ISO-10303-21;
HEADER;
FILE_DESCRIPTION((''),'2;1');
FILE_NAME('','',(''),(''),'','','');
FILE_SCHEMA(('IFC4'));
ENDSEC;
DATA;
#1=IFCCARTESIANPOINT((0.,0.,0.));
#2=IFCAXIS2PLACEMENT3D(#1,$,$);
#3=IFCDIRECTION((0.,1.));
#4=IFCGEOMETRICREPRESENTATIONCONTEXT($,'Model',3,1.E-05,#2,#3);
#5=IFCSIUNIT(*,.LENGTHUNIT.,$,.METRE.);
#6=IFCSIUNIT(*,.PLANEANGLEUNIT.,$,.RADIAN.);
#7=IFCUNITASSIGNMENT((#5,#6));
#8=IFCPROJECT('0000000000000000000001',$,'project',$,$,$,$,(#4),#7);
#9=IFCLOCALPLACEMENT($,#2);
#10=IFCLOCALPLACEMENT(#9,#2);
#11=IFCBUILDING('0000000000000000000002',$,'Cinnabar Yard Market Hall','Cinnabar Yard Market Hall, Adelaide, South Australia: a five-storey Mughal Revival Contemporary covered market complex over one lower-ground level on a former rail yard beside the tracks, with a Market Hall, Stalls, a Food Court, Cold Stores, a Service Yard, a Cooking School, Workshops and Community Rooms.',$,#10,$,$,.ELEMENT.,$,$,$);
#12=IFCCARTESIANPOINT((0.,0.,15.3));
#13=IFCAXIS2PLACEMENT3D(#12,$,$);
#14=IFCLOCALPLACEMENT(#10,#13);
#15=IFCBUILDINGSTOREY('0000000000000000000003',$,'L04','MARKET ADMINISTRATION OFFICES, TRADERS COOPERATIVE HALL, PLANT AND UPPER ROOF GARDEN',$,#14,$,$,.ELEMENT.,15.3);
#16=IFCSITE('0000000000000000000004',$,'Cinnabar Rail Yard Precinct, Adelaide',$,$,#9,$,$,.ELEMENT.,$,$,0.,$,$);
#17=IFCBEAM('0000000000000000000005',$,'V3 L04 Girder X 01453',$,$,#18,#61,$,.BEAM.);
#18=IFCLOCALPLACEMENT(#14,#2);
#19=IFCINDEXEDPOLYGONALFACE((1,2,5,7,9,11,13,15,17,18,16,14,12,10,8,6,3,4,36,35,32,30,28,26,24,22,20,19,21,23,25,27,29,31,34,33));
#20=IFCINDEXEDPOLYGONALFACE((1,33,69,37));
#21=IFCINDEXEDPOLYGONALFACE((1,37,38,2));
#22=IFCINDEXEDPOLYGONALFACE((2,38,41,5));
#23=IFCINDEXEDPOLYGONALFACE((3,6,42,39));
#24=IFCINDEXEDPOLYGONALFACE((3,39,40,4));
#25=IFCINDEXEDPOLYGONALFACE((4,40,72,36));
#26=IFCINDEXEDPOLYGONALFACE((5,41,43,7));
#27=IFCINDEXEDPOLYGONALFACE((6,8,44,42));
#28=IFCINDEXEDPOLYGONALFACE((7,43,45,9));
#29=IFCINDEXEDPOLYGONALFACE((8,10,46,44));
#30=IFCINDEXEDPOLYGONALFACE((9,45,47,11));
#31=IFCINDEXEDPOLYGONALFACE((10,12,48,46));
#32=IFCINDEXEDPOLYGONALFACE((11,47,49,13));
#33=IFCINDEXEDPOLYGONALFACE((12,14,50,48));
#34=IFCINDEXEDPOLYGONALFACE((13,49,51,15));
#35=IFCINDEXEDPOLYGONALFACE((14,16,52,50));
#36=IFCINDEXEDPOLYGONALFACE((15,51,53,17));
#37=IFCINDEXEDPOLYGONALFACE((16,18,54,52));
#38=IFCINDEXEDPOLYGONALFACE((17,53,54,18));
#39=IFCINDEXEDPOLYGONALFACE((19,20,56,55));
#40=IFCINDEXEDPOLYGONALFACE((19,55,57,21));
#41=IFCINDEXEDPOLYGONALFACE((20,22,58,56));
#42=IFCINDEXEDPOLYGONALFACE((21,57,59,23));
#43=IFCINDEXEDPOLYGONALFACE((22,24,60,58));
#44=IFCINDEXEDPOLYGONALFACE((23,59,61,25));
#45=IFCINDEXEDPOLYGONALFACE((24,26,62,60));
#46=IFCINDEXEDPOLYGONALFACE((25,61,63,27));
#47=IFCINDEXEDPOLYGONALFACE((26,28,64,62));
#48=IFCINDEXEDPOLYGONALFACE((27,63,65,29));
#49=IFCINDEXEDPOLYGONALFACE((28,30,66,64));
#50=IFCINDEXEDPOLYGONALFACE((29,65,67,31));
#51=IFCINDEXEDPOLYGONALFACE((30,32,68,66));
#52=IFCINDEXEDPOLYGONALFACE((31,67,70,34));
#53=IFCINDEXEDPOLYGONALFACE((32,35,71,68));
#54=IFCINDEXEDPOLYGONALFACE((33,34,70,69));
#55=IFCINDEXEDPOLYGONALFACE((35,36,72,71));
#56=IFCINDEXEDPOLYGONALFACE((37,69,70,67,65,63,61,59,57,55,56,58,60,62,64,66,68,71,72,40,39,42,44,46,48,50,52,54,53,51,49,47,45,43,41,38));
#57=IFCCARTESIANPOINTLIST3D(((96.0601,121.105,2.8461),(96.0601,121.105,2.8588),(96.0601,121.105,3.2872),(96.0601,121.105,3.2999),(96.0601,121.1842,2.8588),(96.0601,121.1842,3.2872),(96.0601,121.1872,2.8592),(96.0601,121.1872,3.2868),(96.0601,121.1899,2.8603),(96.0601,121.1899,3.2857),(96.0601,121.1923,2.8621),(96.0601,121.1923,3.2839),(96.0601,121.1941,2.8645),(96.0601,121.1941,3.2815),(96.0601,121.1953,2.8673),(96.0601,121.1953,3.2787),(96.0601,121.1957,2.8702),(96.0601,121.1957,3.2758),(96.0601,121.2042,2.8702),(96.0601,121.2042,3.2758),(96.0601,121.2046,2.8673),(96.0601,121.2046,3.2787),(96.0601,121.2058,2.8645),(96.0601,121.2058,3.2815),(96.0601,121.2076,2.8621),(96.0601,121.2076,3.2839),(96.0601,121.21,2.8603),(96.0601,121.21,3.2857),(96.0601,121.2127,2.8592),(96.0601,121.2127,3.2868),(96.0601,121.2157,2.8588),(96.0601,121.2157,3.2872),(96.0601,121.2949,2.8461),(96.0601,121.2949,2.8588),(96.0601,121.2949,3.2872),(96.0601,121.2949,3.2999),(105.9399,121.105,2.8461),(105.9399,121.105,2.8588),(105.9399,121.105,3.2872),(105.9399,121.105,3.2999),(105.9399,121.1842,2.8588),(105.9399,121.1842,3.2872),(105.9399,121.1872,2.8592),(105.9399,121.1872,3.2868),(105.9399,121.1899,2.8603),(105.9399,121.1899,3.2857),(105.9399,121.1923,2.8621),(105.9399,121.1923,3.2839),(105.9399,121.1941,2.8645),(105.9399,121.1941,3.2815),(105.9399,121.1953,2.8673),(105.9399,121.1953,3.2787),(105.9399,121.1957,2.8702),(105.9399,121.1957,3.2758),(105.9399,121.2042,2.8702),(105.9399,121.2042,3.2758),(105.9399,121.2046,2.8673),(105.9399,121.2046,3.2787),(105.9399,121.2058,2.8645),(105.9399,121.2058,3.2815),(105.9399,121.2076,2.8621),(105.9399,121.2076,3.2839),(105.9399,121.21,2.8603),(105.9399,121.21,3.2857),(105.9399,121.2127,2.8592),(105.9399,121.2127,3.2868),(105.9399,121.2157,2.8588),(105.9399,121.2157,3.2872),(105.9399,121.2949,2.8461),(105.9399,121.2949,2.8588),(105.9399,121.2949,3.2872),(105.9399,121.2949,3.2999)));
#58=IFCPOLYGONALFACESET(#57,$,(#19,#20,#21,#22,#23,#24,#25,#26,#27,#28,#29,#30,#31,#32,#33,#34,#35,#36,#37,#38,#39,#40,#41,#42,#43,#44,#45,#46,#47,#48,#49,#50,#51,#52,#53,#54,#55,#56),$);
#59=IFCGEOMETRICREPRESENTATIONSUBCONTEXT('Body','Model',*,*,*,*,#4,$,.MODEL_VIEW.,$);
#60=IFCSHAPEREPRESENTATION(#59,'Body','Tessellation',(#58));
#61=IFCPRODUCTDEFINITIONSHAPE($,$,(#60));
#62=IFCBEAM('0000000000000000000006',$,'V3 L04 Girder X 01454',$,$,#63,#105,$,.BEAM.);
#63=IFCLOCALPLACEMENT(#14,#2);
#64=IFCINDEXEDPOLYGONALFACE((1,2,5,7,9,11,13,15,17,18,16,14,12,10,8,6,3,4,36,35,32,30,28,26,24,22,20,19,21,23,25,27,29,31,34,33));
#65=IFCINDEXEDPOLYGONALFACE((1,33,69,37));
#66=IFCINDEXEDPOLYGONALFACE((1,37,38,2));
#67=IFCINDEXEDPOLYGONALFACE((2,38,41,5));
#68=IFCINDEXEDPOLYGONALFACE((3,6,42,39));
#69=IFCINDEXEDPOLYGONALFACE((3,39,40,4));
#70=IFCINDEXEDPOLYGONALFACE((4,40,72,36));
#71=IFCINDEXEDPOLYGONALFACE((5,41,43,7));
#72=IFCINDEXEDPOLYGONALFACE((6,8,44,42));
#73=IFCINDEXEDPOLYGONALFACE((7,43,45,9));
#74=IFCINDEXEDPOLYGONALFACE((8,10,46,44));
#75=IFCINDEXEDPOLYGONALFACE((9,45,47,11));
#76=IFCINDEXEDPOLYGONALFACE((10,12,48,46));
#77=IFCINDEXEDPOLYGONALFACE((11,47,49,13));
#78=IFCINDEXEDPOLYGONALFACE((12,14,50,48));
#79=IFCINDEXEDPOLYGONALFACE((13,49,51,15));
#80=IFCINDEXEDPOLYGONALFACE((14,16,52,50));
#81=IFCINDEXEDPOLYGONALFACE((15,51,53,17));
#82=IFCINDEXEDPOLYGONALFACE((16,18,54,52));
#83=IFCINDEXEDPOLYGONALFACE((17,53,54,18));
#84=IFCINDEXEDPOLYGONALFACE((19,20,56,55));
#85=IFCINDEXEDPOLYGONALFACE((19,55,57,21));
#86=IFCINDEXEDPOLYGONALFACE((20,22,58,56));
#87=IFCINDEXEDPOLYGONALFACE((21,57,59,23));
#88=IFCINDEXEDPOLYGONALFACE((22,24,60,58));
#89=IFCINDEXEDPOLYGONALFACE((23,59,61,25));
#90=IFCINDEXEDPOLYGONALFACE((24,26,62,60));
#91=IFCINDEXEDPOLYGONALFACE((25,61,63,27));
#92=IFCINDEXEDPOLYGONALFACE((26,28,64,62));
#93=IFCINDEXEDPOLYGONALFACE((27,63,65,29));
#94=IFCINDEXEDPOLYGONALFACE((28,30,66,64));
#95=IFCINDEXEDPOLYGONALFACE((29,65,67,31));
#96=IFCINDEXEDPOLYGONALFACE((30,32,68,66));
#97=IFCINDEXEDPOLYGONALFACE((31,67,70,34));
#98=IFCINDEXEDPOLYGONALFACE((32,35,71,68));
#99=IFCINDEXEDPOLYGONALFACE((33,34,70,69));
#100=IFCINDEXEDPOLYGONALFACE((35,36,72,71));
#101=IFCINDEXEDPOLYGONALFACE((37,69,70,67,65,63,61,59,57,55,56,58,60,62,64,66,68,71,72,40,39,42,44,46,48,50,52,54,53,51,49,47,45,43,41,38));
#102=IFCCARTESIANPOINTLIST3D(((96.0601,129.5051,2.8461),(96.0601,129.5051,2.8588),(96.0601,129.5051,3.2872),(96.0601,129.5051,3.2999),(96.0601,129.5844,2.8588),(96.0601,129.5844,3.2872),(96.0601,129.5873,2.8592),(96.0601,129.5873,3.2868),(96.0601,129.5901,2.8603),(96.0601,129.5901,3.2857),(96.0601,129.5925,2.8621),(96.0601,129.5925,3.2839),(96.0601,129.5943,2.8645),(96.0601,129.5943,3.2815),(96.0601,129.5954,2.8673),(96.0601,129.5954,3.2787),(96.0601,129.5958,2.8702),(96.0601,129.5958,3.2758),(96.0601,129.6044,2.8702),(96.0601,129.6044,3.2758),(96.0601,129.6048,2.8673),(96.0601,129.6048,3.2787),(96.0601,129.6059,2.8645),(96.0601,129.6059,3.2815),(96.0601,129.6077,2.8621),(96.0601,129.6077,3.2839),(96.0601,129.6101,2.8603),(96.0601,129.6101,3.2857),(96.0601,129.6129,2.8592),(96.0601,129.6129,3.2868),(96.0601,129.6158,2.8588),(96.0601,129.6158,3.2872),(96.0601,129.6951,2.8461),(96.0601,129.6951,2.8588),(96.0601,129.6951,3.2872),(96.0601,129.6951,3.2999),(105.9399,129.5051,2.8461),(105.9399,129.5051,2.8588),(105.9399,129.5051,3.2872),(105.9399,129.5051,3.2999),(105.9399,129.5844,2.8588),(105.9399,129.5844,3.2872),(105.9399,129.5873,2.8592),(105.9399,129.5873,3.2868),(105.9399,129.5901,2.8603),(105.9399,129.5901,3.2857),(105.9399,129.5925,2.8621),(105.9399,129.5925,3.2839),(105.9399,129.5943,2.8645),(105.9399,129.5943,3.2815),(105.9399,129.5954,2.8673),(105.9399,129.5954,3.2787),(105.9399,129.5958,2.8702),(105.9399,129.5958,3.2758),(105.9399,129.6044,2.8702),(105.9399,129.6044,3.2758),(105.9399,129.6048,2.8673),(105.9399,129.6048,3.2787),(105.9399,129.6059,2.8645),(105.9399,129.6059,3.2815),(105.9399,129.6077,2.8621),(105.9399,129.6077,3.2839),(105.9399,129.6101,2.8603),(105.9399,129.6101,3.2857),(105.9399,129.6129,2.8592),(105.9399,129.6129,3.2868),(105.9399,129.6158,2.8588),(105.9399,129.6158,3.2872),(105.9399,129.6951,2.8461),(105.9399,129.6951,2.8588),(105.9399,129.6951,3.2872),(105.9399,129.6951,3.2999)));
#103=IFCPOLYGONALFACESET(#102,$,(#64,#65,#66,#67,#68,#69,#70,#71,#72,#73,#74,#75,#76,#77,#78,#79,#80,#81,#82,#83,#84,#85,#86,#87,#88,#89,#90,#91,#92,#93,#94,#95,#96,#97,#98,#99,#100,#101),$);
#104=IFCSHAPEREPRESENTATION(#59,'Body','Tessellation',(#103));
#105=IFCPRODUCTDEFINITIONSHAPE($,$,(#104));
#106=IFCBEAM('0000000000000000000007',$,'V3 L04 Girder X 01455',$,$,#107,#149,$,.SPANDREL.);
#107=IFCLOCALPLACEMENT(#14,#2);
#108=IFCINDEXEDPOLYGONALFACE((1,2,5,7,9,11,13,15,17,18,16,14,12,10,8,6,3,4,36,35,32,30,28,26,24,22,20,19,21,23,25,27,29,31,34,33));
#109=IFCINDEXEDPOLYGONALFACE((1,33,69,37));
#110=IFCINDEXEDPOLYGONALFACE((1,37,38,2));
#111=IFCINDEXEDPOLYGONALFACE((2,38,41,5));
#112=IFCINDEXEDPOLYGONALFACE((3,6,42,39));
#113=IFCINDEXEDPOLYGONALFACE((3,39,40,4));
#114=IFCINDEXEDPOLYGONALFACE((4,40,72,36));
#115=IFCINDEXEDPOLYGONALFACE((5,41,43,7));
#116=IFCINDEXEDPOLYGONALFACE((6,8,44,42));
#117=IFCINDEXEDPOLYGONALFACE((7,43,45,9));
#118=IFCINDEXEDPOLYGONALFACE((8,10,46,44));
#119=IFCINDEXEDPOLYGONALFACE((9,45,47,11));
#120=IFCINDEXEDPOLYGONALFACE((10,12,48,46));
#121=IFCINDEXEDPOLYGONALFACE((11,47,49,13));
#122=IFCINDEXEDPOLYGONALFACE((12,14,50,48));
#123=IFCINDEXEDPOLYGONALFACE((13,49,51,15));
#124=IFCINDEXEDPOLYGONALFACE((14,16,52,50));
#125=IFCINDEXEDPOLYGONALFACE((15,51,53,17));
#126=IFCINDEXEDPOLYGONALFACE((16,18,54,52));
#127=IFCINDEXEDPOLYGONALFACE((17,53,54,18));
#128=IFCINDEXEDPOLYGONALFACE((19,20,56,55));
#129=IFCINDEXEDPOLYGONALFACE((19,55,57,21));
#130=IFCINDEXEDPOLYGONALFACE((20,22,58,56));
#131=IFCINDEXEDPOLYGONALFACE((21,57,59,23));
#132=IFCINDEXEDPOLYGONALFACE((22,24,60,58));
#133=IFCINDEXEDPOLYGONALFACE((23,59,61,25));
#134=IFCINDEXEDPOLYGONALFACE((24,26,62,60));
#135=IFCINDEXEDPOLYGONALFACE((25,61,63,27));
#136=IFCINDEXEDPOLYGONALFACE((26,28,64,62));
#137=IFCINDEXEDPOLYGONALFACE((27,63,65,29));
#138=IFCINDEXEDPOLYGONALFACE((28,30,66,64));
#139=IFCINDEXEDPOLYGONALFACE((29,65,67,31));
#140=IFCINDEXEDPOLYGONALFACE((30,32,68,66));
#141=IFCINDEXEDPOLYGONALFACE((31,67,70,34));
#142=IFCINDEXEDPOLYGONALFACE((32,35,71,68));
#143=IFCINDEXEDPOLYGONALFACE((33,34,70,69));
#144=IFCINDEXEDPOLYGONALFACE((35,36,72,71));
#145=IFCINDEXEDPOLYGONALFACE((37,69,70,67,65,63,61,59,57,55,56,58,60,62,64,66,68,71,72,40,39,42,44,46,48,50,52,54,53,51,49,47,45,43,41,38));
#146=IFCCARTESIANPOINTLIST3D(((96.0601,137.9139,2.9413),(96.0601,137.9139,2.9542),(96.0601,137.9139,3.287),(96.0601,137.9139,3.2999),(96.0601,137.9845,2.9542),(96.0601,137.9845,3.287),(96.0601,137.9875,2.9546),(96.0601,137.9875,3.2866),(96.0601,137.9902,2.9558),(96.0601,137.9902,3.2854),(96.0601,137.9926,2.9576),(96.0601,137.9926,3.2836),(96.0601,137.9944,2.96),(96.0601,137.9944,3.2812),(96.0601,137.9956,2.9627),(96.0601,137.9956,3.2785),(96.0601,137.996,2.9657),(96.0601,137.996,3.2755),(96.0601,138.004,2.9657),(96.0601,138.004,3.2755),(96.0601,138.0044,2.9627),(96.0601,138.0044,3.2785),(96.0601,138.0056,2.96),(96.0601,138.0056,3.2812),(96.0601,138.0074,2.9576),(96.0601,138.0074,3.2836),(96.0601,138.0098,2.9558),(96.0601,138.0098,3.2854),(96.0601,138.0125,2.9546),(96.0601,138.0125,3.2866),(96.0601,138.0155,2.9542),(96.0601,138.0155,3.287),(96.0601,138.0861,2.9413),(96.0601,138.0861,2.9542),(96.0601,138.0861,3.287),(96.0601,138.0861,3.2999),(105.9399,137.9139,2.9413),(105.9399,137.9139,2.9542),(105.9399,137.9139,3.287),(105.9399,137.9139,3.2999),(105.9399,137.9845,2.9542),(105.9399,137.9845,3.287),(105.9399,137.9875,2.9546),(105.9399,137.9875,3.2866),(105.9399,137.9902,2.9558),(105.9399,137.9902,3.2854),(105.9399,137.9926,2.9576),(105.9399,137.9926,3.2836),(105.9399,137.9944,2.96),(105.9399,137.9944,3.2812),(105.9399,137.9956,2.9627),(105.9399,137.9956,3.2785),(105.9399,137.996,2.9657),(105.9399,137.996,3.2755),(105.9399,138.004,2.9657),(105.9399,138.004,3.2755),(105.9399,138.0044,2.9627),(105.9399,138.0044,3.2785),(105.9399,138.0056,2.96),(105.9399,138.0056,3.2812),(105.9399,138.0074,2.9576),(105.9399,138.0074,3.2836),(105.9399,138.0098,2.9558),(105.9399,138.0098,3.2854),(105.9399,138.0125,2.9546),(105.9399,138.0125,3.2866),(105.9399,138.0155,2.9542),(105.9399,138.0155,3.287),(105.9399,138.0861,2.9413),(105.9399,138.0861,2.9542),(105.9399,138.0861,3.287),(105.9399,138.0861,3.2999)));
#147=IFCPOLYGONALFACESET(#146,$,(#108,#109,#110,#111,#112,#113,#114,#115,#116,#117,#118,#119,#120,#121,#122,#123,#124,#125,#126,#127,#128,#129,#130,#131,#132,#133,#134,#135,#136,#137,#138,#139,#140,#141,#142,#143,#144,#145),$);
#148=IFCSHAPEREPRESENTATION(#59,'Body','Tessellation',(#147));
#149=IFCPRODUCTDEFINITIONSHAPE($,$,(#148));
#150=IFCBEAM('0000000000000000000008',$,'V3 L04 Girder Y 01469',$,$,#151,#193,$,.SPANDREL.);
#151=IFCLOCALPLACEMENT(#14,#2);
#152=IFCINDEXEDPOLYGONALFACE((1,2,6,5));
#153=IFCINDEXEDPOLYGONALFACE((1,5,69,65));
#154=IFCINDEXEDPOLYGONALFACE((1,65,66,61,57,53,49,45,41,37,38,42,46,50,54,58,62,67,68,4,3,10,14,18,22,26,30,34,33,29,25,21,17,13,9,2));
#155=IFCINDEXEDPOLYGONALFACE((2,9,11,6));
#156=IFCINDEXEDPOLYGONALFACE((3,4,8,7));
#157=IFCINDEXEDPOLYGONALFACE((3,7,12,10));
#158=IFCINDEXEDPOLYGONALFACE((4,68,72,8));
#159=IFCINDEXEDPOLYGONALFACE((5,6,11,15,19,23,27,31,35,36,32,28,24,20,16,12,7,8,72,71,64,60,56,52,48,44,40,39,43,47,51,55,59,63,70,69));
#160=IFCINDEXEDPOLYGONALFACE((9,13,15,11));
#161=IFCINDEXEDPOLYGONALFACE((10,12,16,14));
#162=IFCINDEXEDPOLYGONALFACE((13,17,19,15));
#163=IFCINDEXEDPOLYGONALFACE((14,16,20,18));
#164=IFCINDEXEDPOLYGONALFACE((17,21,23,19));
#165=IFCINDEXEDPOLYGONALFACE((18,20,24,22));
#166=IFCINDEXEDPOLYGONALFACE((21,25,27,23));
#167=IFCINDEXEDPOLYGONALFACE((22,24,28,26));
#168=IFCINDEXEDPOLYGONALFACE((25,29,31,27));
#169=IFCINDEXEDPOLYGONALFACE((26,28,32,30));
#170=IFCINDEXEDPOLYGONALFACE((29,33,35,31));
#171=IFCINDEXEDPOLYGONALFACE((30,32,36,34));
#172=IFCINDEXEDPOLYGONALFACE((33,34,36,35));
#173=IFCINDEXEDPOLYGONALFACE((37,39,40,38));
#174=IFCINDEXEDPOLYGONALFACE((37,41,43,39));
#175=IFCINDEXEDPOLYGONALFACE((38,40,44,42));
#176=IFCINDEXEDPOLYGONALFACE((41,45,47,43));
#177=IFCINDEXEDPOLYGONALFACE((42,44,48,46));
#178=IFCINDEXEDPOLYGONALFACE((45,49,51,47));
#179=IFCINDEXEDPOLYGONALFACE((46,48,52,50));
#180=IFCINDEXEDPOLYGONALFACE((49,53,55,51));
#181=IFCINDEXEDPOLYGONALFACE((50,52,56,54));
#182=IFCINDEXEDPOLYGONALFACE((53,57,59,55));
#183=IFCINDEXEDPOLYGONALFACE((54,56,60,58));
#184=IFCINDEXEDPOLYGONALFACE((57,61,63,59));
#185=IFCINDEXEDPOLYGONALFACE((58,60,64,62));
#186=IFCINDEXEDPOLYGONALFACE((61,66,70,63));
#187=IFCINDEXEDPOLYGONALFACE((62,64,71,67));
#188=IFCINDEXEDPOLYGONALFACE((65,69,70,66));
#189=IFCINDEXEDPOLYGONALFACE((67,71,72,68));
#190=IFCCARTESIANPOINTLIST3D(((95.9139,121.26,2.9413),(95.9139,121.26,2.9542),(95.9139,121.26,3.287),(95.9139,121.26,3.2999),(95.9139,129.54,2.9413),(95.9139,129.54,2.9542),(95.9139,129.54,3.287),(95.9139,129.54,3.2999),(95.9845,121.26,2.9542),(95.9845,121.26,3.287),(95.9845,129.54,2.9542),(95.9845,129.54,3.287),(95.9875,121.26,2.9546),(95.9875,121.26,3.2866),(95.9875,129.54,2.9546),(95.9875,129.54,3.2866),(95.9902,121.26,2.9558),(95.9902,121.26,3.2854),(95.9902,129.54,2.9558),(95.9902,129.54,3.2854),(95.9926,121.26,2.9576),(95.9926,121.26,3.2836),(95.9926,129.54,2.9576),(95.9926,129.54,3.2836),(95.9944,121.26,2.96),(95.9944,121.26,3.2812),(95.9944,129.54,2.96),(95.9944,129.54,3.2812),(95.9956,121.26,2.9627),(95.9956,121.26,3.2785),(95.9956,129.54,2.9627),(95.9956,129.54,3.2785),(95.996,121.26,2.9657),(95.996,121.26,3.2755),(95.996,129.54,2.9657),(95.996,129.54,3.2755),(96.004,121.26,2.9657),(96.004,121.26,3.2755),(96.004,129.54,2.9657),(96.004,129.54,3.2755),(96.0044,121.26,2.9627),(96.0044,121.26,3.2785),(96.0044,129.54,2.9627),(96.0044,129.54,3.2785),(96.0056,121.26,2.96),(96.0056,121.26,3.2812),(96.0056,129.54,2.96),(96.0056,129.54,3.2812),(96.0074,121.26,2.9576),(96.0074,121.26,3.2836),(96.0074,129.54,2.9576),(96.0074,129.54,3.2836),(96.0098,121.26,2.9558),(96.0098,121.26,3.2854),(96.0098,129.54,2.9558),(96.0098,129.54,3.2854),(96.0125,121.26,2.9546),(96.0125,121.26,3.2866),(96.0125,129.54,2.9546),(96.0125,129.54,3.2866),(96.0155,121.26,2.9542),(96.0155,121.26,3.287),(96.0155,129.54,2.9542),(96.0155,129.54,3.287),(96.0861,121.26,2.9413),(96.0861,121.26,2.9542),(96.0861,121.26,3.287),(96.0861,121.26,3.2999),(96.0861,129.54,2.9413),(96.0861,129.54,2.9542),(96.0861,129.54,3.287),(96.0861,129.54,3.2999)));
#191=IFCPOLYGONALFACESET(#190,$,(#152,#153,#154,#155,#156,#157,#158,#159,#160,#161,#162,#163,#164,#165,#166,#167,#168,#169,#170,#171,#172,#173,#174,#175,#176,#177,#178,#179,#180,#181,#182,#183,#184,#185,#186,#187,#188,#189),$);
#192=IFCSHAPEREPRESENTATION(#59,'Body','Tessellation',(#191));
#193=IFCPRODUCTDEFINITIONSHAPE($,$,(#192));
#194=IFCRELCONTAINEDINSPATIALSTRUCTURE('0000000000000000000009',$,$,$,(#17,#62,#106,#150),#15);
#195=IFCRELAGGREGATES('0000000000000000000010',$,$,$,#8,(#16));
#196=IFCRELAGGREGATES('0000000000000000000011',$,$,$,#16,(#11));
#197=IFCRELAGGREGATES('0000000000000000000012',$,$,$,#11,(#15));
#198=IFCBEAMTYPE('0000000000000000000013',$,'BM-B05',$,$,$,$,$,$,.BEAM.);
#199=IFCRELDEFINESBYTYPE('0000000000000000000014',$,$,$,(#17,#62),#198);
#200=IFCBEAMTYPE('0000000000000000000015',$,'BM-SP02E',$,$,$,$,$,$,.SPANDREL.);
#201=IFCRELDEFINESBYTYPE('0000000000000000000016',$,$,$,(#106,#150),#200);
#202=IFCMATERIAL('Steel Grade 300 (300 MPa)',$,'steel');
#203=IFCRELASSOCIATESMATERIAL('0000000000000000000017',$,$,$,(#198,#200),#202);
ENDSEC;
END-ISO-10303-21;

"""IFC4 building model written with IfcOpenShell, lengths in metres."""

from ifc_helpers import new_model, si_unit, direction, frame, origin, origin_2d_with_axis, place, context, subcontext, project, spatial, i_section, extrude, material, material_profile, profile_set, type_object, element, save


model = new_model("IFC4")

# Units and contexts
model_context = context("Model", 3, precision=1e-05, world=origin(), true_north=direction((0.0, 1.0)))
body_context = subcontext(model_context, "Body", "Model", "MODEL_VIEW")
ifc_project = project(units=[si_unit("LENGTHUNIT", "METRE"), si_unit("PLANEANGLEUNIT", "RADIAN")], contexts=[model_context])

# Site, building, storey
site_placement = place(None, origin())
site = spatial("IfcSite", under=ifc_project, at=site_placement, Name="Cinnabar Rail Yard Precinct, Adelaide", CompositionType="ELEMENT", RefElevation=0.0)
building_placement = place(site_placement, origin())
building = spatial("IfcBuilding", under=site, at=building_placement, Name="Cinnabar Yard Market Hall", Description="Cinnabar Yard Market Hall, Adelaide, South Australia: a five-storey Mughal Revival Contemporary covered market complex over one lower-ground level on a former rail yard beside the tracks, with a Market Hall, Stalls, a Food Court, Cold Stores, a Service Yard, a Cooking School, Workshops and Community Rooms.", CompositionType="ELEMENT")
storey_placement = place(building_placement, frame((0.0, 0.0, 15.3)))
storey = spatial("IfcBuildingStorey", under=building, at=storey_placement, Name="L04", Description="MARKET ADMINISTRATION OFFICES, TRADERS COOPERATIVE HALL, PLANT AND UPPER ROOF GARDEN", CompositionType="ELEMENT", Elevation=15.3)

# Shared definitions
ifc_material_1 = material(Name="Steel Grade 300 (300 MPa)", Category="steel")

# Beams
ifc_material_profile_1 = material_profile(ifc_material_1, i_section(OverallWidth=0.1899, OverallDepth=0.4539, WebThickness=0.0085, FlangeThickness=0.0127, FilletRadius=0.0115, at=origin_2d_with_axis()), Name="460UB67.1")
ifc_profile_set_1 = profile_set([ifc_material_profile_1], Name="Steel Grade 300 (300 MPa)")
beam_type_1 = type_object("IfcBeamType", Name="BM-B05", PredefinedType="BEAM", material=ifc_profile_set_1)
for number, where, z_axis, x_axis, name in (
    (1, (96.0601, 121.2, 3.073), (1.0, 0.0, 0.0), (0.0, 1.0, 0.0), "V3 L04 Girder X 01453"),
    (2, (96.0601, 129.6001, 3.073), (1.0, 0.0, 0.0), (0.0, 1.0, 0.0), "V3 L04 Girder X 01454"),
):
    element("IfcBeam", number, at=place(storey_placement, frame(where, z_axis=z_axis, x_axis=x_axis)), inside=storey, type_object=beam_type_1, Name=name, PredefinedType="BEAM", context=body_context, shape_type="SweptSolid", body=[
        extrude(i_section(OverallWidth=0.1899, OverallDepth=0.4539, WebThickness=0.0085, FlangeThickness=0.0127, FilletRadius=0.0115, at=origin_2d_with_axis()), origin(), (0.0, 0.0, 1.0), 9.8799),
    ])
ifc_material_profile_2 = material_profile(ifc_material_1, i_section(OverallWidth=0.1721, OverallDepth=0.3586, WebThickness=0.0081, FlangeThickness=0.0129, FilletRadius=0.0115, at=origin_2d_with_axis()), Name="360UB56.7")
ifc_profile_set_2 = profile_set([ifc_material_profile_2], Name="Steel Grade 300 (300 MPa)")
beam_type_2 = type_object("IfcBeamType", Name="BM-SP02E", PredefinedType="SPANDREL", material=ifc_profile_set_2)
beam_placement = place(storey_placement, frame((96.0601, 138.0, 3.1206), z_axis=(1.0, 0.0, 0.0), x_axis=(0.0, 1.0, 0.0)))
element("IfcBeam", 3, at=beam_placement, inside=storey, type_object=beam_type_2, Name="V3 L04 Girder X 01455", PredefinedType="SPANDREL", context=body_context, shape_type="SweptSolid", body=[
    extrude(i_section(OverallWidth=0.1721, OverallDepth=0.3586, WebThickness=0.0081, FlangeThickness=0.0129, FilletRadius=0.0115, at=origin_2d_with_axis()), origin(), (0.0, 0.0, 1.0), 9.8799),
])
for number, where, z_axis, x_axis, name in (
    (4, (96.0, 121.26, 3.1206), (0.0, 1.0, 0.0), (-1.0, 0.0, 0.0), "V3 L04 Girder Y 01469"),
):
    element("IfcBeam", number, at=place(storey_placement, frame(where, z_axis=z_axis, x_axis=x_axis)), inside=storey, type_object=beam_type_2, Name=name, PredefinedType="SPANDREL", context=body_context, shape_type="SweptSolid", body=[
        extrude(i_section(OverallWidth=0.1721, OverallDepth=0.3586, WebThickness=0.0081, FlangeThickness=0.0129, FilletRadius=0.0115, at=origin_2d_with_axis()), origin(), (0.0, 0.0, 1.0), 8.28),
    ])

save(model, "model.ifc")
